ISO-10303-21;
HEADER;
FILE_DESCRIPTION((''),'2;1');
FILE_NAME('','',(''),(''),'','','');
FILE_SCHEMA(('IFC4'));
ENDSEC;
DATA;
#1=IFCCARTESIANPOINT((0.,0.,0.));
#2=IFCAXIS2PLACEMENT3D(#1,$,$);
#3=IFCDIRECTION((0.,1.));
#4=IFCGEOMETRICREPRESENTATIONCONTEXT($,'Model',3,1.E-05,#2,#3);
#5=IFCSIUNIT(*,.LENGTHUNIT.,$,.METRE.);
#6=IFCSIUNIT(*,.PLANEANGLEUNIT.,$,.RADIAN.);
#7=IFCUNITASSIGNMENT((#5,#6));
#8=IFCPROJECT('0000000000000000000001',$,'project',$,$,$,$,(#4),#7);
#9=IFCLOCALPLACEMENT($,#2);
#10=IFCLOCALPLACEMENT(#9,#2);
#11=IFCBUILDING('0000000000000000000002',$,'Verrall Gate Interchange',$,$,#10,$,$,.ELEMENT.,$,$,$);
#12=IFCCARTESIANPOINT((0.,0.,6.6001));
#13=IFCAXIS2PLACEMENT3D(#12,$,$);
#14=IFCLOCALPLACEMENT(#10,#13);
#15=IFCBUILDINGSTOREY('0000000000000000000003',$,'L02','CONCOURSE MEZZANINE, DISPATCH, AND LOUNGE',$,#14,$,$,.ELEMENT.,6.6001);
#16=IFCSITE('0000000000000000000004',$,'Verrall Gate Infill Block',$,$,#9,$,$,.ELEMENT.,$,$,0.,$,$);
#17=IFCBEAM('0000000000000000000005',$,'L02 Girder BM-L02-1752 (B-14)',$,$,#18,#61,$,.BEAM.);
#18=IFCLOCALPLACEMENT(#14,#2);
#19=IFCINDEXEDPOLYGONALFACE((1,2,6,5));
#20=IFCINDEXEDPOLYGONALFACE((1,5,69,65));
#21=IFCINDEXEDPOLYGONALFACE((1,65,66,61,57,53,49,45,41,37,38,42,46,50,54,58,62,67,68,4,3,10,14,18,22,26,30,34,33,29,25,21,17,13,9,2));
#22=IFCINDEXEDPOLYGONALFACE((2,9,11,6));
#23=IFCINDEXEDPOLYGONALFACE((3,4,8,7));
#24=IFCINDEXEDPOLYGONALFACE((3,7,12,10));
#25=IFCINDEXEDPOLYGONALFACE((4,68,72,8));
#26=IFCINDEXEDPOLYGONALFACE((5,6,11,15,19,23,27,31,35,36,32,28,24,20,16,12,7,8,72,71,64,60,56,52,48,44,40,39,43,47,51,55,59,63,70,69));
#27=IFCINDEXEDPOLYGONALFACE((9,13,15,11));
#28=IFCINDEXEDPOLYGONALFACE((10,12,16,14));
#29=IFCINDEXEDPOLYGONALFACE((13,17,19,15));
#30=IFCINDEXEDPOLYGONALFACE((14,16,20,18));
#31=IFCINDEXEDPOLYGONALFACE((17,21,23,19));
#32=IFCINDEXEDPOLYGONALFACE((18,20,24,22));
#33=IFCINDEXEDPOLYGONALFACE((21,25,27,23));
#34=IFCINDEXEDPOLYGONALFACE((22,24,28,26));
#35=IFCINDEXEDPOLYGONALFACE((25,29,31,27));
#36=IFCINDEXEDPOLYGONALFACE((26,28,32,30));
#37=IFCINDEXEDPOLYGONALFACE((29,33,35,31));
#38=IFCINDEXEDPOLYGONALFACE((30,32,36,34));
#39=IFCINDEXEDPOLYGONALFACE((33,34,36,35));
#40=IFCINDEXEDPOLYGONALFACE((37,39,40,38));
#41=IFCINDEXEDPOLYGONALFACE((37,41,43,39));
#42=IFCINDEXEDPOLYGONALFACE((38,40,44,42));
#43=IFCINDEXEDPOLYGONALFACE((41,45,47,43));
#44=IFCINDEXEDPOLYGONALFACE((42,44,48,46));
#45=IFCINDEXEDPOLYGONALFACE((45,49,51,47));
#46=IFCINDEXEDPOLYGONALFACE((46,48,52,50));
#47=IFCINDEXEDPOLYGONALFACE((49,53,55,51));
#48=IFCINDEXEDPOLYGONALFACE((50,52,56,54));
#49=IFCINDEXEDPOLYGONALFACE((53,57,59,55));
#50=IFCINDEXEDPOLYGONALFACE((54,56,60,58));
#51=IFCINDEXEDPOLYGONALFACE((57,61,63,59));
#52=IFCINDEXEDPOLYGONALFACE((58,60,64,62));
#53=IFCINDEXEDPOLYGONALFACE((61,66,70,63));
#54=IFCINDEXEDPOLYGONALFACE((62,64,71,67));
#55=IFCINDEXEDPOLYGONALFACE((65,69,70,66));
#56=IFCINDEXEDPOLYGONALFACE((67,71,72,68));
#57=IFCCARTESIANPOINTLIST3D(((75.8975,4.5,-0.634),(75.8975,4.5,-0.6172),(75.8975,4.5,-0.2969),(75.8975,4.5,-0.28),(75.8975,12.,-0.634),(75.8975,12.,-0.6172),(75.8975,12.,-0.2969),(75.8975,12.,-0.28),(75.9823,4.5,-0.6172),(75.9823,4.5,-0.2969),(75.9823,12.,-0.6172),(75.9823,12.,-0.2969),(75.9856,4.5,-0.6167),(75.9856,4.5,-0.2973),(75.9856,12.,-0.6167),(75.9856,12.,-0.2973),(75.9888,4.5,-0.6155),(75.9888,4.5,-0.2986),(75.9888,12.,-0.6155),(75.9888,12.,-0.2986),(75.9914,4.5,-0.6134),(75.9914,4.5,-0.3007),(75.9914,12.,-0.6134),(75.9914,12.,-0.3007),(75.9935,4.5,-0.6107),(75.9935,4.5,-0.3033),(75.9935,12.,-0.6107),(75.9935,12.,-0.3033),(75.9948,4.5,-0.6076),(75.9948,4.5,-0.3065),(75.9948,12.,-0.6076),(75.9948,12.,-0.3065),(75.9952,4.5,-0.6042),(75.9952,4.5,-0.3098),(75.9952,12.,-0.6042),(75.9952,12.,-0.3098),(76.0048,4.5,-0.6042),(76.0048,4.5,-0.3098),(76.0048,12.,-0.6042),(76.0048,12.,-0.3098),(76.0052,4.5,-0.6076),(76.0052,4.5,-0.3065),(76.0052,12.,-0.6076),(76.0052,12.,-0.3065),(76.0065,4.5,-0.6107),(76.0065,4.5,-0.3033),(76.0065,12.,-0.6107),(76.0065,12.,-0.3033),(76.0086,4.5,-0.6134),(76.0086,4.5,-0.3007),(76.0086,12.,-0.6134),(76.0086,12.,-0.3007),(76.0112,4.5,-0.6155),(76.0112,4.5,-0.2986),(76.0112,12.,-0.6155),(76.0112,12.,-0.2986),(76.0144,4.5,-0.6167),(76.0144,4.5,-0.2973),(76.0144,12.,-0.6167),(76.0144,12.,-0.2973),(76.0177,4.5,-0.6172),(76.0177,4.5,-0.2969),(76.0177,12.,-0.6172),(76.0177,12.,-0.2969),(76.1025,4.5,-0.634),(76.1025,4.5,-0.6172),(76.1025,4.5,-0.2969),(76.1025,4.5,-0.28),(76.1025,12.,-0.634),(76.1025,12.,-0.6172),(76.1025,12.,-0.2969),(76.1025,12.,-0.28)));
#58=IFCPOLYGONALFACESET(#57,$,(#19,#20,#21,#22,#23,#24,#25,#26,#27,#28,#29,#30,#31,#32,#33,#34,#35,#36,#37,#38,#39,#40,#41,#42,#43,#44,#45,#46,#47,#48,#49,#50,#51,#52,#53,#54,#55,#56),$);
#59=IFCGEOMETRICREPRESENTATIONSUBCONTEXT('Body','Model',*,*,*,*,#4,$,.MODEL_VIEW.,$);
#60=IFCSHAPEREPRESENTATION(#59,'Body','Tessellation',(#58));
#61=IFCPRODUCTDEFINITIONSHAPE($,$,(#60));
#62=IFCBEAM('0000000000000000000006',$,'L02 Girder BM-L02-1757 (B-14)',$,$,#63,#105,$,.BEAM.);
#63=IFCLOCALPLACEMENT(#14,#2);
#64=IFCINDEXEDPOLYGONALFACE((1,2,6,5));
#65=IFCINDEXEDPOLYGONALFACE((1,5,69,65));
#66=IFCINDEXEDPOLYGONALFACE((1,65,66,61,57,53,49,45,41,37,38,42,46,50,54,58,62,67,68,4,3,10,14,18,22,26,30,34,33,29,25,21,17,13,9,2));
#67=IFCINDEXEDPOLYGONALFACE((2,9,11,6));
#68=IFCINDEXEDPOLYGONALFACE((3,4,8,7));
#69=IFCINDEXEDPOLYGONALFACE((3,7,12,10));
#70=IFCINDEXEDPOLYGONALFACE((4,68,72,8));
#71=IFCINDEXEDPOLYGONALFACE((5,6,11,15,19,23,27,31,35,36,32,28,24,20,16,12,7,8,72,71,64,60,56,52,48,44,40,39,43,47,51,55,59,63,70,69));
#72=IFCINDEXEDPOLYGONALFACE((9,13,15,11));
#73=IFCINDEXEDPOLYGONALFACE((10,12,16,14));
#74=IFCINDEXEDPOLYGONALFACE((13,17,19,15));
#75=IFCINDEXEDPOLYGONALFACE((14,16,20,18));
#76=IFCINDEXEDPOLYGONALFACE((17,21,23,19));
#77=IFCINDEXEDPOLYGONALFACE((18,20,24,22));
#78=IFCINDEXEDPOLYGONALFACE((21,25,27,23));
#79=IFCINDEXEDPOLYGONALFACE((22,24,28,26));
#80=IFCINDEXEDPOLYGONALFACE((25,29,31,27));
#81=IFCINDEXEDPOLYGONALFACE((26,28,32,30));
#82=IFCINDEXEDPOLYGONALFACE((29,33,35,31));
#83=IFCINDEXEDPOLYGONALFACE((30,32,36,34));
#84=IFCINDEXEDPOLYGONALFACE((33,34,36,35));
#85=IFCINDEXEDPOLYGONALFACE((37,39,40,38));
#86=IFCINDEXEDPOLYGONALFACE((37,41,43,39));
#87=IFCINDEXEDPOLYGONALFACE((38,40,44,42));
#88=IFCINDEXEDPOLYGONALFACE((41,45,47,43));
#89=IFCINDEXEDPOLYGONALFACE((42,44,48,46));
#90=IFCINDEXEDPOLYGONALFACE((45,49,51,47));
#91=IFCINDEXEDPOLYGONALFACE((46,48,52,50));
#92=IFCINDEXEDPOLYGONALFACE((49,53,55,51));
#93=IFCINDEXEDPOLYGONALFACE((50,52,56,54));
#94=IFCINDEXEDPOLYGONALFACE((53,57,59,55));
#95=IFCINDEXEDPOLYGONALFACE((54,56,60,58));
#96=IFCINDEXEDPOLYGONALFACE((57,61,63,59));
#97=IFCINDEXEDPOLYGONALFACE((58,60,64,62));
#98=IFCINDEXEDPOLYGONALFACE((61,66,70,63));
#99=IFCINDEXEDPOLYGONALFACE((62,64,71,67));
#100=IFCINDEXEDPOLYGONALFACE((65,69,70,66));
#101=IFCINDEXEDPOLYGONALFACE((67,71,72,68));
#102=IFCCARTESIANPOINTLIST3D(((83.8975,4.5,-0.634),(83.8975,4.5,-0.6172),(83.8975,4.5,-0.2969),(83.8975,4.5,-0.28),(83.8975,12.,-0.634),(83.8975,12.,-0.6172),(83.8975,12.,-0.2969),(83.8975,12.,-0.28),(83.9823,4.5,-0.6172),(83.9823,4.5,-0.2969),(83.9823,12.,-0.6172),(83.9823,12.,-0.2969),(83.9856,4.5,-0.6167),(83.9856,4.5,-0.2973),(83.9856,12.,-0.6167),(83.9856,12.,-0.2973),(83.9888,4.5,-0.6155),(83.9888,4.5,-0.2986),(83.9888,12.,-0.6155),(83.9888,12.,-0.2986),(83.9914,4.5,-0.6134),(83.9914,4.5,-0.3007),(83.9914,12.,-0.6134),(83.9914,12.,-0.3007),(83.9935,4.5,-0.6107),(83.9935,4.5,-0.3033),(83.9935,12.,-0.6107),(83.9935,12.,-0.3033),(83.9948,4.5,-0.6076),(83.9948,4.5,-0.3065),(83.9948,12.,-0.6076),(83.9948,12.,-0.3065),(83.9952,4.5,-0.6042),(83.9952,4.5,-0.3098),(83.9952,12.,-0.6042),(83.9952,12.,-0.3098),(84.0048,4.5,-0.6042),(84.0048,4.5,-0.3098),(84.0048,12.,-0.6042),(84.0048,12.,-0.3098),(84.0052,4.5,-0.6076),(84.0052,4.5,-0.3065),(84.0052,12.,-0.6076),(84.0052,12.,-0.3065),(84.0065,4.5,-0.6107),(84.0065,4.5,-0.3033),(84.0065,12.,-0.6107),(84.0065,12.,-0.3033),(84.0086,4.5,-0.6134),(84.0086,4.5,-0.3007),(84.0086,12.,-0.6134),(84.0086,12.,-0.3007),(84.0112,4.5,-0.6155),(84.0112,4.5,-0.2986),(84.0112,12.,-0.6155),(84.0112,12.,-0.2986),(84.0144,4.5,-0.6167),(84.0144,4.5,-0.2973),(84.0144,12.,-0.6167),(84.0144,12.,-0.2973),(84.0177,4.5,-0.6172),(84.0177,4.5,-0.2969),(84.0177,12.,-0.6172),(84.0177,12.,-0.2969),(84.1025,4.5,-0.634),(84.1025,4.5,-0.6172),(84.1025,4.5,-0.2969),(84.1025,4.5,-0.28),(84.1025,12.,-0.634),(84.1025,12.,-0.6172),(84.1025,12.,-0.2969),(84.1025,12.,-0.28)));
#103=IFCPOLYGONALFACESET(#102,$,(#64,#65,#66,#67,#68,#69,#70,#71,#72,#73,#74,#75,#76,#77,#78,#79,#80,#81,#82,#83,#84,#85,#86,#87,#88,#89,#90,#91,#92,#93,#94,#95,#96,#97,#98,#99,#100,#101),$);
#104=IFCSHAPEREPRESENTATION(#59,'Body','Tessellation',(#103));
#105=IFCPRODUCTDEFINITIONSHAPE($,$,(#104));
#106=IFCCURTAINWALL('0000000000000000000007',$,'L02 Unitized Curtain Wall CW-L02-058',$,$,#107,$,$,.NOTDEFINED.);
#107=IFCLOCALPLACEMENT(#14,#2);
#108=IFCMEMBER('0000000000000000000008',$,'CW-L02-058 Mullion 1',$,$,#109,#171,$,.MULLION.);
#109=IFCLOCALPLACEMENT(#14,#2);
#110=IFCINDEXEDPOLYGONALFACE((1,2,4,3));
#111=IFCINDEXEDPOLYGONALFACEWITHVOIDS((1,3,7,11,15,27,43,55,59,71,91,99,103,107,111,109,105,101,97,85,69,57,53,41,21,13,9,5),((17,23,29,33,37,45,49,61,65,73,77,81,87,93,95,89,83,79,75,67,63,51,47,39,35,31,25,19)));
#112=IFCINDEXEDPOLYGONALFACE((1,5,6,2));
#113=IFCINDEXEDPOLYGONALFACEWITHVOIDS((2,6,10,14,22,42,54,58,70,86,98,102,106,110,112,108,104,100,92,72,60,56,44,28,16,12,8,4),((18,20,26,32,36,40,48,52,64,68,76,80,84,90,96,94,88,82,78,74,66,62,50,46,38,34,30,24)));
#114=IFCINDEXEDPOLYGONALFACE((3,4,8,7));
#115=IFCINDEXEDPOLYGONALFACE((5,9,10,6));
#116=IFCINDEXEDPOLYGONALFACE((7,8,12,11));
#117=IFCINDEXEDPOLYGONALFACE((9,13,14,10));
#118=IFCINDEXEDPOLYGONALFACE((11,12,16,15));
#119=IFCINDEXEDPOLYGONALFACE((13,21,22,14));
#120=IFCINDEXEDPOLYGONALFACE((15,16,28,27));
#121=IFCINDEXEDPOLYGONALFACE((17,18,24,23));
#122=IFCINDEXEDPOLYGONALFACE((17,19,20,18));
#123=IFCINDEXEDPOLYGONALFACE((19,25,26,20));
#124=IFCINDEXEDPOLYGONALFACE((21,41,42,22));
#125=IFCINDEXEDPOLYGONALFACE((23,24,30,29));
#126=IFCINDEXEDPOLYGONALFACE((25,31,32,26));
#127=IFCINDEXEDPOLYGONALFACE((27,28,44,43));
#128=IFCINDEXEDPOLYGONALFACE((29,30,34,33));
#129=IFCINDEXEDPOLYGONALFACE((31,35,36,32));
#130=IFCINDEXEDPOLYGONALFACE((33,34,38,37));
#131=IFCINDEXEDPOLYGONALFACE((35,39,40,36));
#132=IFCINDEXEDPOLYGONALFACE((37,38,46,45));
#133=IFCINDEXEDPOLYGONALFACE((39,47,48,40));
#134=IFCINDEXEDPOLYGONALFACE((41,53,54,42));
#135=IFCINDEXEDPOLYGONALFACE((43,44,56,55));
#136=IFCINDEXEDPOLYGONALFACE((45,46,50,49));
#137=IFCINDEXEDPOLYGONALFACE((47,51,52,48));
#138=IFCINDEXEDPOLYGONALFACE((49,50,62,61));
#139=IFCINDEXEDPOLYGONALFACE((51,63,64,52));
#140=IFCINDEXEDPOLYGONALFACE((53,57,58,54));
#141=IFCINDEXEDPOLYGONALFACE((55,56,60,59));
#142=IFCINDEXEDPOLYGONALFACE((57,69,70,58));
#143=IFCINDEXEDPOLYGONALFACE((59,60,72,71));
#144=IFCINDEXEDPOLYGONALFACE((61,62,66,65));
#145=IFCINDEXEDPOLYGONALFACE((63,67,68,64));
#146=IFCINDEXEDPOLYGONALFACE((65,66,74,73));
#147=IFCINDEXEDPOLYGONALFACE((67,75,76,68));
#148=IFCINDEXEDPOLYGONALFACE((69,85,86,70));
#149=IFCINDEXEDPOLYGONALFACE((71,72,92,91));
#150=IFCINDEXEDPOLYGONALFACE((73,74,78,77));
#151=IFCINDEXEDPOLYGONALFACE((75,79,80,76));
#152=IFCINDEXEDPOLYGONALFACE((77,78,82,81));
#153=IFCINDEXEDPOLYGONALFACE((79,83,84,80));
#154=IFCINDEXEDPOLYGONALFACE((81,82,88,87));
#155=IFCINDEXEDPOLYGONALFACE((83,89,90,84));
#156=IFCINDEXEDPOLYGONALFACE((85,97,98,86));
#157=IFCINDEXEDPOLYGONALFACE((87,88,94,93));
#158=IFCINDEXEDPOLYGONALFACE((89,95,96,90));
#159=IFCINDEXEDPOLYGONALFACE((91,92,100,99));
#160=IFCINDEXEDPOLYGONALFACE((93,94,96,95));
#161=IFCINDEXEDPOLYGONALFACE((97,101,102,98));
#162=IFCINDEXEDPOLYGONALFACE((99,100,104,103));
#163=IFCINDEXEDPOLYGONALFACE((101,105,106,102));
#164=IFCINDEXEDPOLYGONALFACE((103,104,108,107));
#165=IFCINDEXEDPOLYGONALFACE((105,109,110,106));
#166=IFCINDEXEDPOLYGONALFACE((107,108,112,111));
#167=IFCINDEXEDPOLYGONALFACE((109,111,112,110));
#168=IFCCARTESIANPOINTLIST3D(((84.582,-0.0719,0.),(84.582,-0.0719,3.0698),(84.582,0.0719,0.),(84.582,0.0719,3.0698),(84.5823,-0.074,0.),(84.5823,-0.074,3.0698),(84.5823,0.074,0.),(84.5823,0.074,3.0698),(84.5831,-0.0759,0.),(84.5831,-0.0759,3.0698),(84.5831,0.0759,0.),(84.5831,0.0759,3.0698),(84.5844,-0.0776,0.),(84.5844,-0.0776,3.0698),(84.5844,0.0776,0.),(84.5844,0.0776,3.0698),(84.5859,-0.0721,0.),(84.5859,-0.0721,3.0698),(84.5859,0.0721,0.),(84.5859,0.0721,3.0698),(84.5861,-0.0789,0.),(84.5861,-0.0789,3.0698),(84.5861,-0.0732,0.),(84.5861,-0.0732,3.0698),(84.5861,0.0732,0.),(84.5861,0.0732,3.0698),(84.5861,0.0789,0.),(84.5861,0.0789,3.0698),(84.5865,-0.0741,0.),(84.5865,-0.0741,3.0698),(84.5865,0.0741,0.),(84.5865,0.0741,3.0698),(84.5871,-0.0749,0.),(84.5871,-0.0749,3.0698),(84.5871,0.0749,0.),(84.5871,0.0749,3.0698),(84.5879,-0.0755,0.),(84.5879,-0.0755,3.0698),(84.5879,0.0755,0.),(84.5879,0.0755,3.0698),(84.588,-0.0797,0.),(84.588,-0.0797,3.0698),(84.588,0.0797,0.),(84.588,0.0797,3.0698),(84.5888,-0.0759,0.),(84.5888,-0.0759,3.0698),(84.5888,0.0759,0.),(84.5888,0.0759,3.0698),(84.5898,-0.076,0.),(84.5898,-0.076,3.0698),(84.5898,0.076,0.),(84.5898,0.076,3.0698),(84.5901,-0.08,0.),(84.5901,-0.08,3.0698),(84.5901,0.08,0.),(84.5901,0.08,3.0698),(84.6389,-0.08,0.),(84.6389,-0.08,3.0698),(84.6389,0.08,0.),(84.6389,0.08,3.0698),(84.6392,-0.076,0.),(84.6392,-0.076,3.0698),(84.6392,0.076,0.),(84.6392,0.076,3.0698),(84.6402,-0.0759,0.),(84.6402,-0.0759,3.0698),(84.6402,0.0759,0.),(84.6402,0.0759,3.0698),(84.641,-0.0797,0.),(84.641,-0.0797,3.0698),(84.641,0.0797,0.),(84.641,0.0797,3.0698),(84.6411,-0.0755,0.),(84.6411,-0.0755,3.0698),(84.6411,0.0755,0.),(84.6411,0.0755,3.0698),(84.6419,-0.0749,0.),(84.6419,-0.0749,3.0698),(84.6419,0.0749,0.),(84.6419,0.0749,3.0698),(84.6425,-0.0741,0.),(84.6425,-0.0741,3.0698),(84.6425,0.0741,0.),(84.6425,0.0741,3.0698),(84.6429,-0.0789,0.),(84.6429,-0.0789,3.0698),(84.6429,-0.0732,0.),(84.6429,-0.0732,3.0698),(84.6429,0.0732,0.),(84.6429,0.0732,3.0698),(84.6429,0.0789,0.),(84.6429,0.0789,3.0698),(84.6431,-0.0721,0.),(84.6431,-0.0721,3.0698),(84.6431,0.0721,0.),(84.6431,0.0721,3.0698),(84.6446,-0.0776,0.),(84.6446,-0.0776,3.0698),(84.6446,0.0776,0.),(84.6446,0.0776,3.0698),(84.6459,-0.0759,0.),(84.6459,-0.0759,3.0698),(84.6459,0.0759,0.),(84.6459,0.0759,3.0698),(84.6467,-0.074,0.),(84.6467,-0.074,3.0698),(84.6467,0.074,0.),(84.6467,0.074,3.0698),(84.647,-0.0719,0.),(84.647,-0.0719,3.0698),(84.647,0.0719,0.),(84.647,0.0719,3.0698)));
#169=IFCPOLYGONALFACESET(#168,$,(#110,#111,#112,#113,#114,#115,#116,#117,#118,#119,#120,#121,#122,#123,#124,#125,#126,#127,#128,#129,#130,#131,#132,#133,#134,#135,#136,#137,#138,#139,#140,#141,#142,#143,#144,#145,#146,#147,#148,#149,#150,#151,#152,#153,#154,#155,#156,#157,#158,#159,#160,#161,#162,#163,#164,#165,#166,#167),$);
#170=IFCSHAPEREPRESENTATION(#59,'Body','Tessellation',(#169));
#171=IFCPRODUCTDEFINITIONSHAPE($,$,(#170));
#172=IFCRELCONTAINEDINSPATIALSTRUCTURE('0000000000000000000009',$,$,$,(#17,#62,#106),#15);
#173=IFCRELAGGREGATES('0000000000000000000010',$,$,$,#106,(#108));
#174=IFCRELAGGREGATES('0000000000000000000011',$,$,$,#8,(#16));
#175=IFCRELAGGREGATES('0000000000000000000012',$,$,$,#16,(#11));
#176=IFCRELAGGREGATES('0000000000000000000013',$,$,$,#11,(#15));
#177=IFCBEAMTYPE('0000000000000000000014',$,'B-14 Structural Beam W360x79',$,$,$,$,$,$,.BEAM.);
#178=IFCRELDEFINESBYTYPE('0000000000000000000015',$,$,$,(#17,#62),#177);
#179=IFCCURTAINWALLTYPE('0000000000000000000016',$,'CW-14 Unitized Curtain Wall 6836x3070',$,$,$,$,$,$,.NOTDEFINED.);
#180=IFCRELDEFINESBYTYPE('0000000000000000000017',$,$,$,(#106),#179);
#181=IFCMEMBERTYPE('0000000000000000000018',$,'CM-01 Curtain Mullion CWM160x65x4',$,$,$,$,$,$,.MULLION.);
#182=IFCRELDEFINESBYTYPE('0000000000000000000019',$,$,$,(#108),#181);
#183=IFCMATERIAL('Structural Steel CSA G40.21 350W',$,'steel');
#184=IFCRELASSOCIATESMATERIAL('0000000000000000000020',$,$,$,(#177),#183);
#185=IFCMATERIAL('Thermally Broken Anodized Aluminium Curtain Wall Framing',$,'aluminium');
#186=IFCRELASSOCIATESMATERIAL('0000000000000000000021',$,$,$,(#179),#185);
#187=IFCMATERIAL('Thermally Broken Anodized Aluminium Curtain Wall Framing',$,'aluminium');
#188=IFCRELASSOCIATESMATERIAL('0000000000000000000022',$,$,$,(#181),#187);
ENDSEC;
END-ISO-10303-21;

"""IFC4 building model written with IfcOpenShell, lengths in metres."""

from ifc_helpers import new_model, si_unit, direction, frame, origin, origin_2d, place, context, subcontext, project, spatial, hollow_rectangle, i_section, extrude, material, material_profile, profile_set, type_object, element, aggregate, save


model = new_model("IFC4")

# Units and contexts
model_context = context("Model", 3, precision=1e-05, world=origin(), true_north=direction((0.0, 1.0)))
body_context = subcontext(model_context, "Body", "Model", "MODEL_VIEW")
ifc_project = project(units=[si_unit("LENGTHUNIT", "METRE"), si_unit("PLANEANGLEUNIT", "RADIAN")], contexts=[model_context])

# Site, building, storey
site_placement = place(None, origin())
site = spatial("IfcSite", under=ifc_project, at=site_placement, Name="Verrall Gate Infill Block", CompositionType="ELEMENT", RefElevation=0.0)
building_placement = place(site_placement, origin())
building = spatial("IfcBuilding", under=site, at=building_placement, Name="Verrall Gate Interchange", CompositionType="ELEMENT")
storey_placement = place(building_placement, frame((0.0, 0.0, 6.6001)))
storey = spatial("IfcBuildingStorey", under=building, at=storey_placement, Name="L02", Description="CONCOURSE MEZZANINE, DISPATCH, AND LOUNGE", CompositionType="ELEMENT", Elevation=6.6001)

# Beams
ifc_material_1 = material(Name="Structural Steel CSA G40.21 350W", Category="steel")
ifc_material_profile_1 = material_profile(ifc_material_1, i_section(OverallWidth=0.2051, OverallDepth=0.354, WebThickness=0.0095, FlangeThickness=0.0168, FilletRadius=0.0129, at=origin_2d()), Name="W360x79")
ifc_profile_set_1 = profile_set([ifc_material_profile_1], Name="Structural Steel CSA G40.21 350W")
beam_type_1 = type_object("IfcBeamType", Name="B-14 Structural Beam W360x79", PredefinedType="BEAM", material=ifc_profile_set_1)
for number, where, z_axis, x_axis, name in (
    (1, (76.0, 4.5, -0.457), (0.0, 1.0, 0.0), (-1.0, 0.0, 0.0), "L02 Girder BM-L02-1752 (B-14)"),
    (2, (84.0, 4.5, -0.457), (0.0, 1.0, 0.0), (-1.0, 0.0, 0.0), "L02 Girder BM-L02-1757 (B-14)"),
):
    element("IfcBeam", number, at=place(storey_placement, frame(where, z_axis=z_axis, x_axis=x_axis)), inside=storey, type_object=beam_type_1, Name=name, PredefinedType="BEAM", context=body_context, shape_type="SweptSolid", body=[
        extrude(i_section(OverallWidth=0.2051, OverallDepth=0.354, WebThickness=0.0095, FlangeThickness=0.0168, FilletRadius=0.0129, at=origin_2d()), origin(), (0.0, 0.0, 1.0), 7.5),
    ])

# Curtain wall, member
ifc_material_2 = material(Name="Thermally Broken Anodized Aluminium Curtain Wall Framing", Category="aluminium")
curtain_wall_type = type_object("IfcCurtainWallType", Name="CW-14 Unitized Curtain Wall 6836x3070", PredefinedType="NOTDEFINED", material=ifc_material_2)
curtain_wall_placement = place(storey_placement, origin())
curtain_wall = element("IfcCurtainWall", 3, at=curtain_wall_placement, inside=storey, type_object=curtain_wall_type, Name="L02 Unitized Curtain Wall CW-L02-058", PredefinedType="NOTDEFINED")
ifc_material_3 = material(Name="Thermally Broken Anodized Aluminium Curtain Wall Framing", Category="aluminium")
ifc_material_profile_2 = material_profile(ifc_material_3, hollow_rectangle(XDim=0.0649, YDim=0.1599, WallThickness=0.0039, InnerFilletRadius=0.0039, OuterFilletRadius=0.0081, at=origin_2d()), Name="CWM160x65x4")
ifc_profile_set_2 = profile_set([ifc_material_profile_2], Name="Thermally Broken Anodized Aluminium Curtain Wall Framing")
member_type = type_object("IfcMemberType", Name="CM-01 Curtain Mullion CWM160x65x4", PredefinedType="MULLION", material=ifc_profile_set_2)
member_1_placement = place(storey_placement, frame((84.6145, 0.0, 0.0), z_axis=(0.0, 0.0, 1.0), x_axis=(1.0, 0.0, 0.0)))
member_1 = element("IfcMember", 4, at=member_1_placement, type_object=member_type, Name="CW-L02-058 Mullion 1", PredefinedType="MULLION", context=body_context, shape_type="SweptSolid", body=[
    extrude(hollow_rectangle(XDim=0.0649, YDim=0.1599, WallThickness=0.0039, InnerFilletRadius=0.0039, OuterFilletRadius=0.0081, at=origin_2d()), origin(), (0.0, 0.0, 1.0), 3.0698),
])

aggregate(curtain_wall, [member_1])

save(model, "model.ifc")
